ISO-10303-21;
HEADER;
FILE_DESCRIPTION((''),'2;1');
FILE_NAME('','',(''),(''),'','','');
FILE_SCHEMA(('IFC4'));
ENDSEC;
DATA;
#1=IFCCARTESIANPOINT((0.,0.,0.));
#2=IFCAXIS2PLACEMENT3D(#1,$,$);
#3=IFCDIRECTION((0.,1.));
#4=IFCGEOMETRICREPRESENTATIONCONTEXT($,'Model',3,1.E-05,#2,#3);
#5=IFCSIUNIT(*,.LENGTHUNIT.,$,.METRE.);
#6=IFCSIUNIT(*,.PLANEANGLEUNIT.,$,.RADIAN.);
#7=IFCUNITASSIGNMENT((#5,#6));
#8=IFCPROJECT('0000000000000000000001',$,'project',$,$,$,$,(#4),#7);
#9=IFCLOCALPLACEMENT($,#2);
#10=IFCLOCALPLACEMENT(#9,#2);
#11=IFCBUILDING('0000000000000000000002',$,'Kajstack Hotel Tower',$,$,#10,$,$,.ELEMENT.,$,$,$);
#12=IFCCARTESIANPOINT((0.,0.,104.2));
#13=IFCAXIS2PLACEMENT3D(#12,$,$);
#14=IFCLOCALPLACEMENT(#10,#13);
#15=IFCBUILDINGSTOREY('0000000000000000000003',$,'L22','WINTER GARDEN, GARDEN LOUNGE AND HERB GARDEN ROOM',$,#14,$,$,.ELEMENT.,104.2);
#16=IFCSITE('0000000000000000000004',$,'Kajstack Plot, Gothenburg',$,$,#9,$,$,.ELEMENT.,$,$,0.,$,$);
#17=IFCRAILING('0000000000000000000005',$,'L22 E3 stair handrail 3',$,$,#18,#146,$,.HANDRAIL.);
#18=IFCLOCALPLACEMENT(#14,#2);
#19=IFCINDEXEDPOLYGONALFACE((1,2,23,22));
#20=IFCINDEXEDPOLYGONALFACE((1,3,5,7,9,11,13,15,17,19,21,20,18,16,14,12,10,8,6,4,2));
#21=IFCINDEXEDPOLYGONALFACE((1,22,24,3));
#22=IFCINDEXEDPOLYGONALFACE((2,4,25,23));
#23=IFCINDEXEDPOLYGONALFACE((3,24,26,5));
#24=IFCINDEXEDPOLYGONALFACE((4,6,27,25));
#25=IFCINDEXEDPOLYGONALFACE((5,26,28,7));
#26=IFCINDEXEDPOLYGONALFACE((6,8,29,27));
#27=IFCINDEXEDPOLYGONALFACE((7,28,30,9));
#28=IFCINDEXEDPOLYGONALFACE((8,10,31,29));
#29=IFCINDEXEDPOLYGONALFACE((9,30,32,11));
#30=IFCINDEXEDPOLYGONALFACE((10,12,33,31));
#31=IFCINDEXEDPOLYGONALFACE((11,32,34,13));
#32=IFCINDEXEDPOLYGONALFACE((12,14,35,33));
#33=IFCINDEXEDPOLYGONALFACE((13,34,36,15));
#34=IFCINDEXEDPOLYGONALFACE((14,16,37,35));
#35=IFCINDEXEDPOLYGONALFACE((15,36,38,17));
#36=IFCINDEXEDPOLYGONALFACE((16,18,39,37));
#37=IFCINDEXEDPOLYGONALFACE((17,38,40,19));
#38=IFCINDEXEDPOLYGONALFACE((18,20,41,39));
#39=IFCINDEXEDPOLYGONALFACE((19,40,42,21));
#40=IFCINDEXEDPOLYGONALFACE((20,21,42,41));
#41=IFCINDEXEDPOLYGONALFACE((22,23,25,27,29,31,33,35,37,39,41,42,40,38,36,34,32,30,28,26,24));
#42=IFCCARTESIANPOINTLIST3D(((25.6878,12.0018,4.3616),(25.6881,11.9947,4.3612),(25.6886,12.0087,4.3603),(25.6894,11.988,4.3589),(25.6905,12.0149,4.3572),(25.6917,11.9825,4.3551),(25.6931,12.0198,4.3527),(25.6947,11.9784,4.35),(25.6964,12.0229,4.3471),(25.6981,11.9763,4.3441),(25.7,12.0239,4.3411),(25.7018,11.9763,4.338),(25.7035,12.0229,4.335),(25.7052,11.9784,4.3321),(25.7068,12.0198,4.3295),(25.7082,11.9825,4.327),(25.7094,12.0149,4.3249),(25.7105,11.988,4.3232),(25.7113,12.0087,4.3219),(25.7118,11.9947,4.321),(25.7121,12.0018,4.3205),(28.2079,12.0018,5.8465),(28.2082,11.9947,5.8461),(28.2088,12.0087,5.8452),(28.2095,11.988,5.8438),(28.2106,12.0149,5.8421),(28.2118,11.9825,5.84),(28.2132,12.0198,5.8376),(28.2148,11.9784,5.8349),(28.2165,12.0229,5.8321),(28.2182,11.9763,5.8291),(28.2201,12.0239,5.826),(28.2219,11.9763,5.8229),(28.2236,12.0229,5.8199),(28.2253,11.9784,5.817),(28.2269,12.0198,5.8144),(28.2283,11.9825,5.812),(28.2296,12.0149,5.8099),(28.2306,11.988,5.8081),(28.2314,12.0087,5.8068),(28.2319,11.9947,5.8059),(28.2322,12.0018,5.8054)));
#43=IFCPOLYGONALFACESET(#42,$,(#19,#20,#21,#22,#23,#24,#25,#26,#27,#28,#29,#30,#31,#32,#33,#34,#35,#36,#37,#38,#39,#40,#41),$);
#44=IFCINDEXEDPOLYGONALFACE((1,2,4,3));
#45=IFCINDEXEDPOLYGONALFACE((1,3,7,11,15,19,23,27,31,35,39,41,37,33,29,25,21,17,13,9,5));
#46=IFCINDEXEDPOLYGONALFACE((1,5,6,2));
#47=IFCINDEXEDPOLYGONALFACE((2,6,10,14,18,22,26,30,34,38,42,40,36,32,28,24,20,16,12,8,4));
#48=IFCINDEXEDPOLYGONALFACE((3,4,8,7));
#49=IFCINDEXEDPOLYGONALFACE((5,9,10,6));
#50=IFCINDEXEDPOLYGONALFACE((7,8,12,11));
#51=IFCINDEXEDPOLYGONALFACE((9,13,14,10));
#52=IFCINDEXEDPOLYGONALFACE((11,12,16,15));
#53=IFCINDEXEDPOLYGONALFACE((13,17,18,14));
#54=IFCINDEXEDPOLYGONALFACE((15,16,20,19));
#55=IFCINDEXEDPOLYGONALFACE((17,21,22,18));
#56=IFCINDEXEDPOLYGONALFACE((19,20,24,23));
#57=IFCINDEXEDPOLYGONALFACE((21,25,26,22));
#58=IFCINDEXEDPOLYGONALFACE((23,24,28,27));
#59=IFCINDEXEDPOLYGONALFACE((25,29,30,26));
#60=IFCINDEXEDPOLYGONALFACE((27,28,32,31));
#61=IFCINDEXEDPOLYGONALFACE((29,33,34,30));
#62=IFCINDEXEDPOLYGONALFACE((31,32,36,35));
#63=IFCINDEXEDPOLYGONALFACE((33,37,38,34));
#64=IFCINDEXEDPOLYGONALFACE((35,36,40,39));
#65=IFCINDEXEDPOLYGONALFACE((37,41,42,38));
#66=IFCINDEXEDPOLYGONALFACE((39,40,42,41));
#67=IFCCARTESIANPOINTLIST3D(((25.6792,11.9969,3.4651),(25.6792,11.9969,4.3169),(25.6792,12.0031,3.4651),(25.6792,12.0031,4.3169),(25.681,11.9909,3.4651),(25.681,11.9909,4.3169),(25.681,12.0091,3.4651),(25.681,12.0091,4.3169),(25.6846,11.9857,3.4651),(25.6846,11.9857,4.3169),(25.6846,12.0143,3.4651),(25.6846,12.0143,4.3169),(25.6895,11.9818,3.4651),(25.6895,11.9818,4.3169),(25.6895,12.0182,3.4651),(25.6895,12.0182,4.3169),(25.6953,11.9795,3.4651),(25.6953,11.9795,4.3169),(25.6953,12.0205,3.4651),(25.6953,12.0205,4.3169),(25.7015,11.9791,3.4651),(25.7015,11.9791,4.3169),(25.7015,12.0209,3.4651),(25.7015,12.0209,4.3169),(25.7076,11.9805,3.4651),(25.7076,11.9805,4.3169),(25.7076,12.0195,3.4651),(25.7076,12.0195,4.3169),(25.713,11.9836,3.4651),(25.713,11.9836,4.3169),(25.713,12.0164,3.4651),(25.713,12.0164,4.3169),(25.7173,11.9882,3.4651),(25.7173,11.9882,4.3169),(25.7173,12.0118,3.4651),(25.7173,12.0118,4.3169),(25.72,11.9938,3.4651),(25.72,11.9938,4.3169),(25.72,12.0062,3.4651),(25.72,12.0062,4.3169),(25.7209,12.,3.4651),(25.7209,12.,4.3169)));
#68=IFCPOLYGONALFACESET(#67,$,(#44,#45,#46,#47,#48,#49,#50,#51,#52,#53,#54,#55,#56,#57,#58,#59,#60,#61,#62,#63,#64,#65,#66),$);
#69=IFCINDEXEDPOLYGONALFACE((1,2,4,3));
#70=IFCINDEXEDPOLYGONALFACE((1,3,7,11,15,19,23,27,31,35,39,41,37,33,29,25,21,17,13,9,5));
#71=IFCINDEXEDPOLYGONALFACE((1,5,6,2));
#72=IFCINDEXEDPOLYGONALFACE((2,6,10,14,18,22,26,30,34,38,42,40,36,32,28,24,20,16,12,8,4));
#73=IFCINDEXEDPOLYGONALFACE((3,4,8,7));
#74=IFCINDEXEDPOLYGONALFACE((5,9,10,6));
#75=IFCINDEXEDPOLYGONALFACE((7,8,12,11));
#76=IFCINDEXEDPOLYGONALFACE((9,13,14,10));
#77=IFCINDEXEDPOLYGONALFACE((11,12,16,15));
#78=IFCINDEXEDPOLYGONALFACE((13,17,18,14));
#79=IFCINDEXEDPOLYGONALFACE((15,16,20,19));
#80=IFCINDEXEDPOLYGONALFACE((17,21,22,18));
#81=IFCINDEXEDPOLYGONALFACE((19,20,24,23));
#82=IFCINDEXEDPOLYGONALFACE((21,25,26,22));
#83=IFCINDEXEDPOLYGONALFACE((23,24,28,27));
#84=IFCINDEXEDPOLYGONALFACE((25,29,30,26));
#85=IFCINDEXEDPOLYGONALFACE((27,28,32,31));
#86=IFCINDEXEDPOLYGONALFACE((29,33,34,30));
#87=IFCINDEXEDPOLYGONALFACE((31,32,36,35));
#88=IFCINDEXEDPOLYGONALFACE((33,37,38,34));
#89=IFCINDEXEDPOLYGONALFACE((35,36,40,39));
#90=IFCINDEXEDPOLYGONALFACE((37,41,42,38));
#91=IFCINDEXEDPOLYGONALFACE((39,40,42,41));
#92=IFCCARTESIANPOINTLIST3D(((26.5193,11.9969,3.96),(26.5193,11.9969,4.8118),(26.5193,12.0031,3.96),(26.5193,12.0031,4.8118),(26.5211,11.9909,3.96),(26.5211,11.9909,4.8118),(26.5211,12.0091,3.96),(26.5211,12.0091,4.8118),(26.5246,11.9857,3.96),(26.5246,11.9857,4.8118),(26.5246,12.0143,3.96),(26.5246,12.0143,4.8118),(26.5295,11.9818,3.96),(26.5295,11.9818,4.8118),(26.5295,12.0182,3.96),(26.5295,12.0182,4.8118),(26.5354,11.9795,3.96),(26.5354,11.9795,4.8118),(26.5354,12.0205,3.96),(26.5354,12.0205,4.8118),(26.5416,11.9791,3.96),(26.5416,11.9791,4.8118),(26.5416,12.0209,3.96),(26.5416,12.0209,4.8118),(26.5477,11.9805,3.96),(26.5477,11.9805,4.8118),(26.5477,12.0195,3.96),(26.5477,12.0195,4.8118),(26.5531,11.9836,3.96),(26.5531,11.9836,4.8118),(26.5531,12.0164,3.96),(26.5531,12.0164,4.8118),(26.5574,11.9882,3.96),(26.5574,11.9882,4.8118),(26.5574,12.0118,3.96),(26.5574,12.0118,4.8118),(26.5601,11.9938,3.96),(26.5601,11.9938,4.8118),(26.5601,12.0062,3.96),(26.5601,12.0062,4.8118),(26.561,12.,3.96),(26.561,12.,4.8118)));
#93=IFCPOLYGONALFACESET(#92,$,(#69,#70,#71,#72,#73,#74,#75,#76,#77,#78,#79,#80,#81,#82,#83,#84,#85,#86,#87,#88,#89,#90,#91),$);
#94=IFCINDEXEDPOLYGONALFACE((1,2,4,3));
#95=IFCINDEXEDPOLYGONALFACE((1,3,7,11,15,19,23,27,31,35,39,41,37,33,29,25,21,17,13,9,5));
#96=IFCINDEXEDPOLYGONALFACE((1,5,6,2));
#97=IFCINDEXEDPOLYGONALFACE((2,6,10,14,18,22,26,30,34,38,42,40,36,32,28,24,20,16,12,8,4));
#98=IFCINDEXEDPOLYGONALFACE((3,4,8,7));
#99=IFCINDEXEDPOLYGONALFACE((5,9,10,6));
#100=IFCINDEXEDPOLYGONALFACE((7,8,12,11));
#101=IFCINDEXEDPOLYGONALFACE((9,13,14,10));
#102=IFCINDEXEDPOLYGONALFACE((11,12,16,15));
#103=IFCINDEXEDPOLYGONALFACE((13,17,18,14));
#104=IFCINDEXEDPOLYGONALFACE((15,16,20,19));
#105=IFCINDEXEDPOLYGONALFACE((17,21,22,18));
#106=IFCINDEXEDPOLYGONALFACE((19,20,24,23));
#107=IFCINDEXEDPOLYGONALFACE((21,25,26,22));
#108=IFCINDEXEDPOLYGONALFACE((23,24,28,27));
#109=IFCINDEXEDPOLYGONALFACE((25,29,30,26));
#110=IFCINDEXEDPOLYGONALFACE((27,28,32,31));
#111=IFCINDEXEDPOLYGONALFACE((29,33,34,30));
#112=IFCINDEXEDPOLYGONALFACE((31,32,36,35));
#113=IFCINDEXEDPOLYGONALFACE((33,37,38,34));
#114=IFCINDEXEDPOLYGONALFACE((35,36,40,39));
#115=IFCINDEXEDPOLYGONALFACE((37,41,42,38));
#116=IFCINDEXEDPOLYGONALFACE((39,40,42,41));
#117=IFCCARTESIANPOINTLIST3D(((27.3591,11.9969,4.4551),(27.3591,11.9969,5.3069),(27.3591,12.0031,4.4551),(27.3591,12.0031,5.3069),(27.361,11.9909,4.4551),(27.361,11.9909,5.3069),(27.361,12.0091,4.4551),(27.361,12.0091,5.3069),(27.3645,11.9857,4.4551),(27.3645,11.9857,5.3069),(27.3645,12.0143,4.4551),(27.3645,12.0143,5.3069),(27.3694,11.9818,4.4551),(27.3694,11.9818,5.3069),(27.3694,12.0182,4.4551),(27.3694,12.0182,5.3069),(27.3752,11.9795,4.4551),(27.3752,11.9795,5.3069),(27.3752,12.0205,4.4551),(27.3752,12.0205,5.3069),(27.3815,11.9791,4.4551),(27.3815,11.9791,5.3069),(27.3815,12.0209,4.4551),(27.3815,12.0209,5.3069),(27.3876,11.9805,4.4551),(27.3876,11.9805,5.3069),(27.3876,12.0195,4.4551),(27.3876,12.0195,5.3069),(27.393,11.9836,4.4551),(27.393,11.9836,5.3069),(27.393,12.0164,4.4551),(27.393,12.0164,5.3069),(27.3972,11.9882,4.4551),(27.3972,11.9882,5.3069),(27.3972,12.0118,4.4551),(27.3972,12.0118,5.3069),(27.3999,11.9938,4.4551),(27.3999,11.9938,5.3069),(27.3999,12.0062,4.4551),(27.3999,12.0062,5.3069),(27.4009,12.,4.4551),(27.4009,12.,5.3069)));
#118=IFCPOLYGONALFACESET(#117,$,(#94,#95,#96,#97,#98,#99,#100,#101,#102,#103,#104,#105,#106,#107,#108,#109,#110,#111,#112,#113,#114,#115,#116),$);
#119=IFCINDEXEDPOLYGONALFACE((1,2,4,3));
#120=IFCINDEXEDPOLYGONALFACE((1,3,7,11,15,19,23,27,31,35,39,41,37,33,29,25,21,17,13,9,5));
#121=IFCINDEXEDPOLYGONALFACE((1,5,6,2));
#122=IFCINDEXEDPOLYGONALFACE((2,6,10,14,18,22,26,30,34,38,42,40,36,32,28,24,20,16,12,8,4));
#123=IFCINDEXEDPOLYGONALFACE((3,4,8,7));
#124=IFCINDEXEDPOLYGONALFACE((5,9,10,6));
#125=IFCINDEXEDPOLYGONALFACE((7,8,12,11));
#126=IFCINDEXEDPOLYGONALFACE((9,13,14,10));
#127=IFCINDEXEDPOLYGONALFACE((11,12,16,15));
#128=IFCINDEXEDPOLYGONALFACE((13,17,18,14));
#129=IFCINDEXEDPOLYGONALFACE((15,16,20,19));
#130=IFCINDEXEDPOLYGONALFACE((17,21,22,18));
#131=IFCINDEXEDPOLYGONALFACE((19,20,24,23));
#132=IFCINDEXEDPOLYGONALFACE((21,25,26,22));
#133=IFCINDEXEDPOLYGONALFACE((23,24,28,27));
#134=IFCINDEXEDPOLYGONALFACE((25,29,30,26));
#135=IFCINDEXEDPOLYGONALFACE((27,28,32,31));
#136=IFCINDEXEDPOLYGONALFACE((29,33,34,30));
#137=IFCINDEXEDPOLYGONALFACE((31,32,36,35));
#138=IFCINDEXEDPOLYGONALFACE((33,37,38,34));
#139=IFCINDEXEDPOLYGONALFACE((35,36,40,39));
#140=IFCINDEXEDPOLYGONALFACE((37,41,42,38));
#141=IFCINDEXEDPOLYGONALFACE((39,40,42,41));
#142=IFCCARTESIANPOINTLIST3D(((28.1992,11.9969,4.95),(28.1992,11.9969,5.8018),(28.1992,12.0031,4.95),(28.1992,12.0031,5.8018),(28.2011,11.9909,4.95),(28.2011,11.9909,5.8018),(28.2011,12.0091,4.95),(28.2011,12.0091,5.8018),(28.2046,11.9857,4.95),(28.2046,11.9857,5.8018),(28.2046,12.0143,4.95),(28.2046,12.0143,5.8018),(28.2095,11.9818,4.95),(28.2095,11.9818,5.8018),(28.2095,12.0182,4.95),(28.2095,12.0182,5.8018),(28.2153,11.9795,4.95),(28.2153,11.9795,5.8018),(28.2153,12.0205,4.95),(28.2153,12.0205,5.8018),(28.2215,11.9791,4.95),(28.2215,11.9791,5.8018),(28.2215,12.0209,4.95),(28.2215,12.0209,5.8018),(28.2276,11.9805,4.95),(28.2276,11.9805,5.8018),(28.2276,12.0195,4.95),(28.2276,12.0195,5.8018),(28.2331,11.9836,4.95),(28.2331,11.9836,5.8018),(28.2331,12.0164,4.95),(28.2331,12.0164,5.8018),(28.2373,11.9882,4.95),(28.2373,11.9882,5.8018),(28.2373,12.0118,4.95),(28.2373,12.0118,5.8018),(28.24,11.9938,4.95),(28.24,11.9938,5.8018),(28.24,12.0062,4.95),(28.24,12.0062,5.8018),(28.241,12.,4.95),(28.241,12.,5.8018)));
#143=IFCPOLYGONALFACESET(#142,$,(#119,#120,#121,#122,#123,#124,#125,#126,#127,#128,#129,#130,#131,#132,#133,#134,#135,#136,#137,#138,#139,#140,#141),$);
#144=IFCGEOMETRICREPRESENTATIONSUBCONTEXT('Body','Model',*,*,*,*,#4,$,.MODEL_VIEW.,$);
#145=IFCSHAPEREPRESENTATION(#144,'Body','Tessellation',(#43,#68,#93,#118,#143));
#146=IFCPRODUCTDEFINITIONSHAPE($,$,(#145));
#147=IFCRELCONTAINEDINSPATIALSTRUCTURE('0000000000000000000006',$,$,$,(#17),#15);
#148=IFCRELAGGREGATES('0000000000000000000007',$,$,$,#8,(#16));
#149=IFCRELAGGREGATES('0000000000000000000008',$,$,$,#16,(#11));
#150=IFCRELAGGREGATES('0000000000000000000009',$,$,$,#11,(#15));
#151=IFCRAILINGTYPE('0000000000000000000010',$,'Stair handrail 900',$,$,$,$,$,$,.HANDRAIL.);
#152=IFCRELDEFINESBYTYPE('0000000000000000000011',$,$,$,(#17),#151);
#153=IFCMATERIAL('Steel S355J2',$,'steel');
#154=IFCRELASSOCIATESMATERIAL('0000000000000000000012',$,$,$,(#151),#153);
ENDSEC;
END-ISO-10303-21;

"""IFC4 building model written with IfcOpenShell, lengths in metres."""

from ifc_helpers import new_model, si_unit, direction, frame, origin, origin_2d, place, context, subcontext, project, spatial, circle, extrude, material, type_object, element, save


model = new_model("IFC4")

# Units and contexts
model_context = context("Model", 3, precision=1e-05, world=origin(), true_north=direction((0.0, 1.0)))
body_context = subcontext(model_context, "Body", "Model", "MODEL_VIEW")
ifc_project = project(units=[si_unit("LENGTHUNIT", "METRE"), si_unit("PLANEANGLEUNIT", "RADIAN")], contexts=[model_context])

# Site, building, storey
site_placement = place(None, origin())
site = spatial("IfcSite", under=ifc_project, at=site_placement, Name="Kajstack Plot, Gothenburg", CompositionType="ELEMENT", RefElevation=0.0)
building_placement = place(site_placement, origin())
building = spatial("IfcBuilding", under=site, at=building_placement, Name="Kajstack Hotel Tower", CompositionType="ELEMENT")
storey_placement = place(building_placement, frame((0.0, 0.0, 104.2)))
storey = spatial("IfcBuildingStorey", under=building, at=storey_placement, Name="L22", Description="WINTER GARDEN, GARDEN LOUNGE AND HERB GARDEN ROOM", CompositionType="ELEMENT", Elevation=104.2)

# Railing
ifc_material_1 = material(Name="Steel S355J2", Category="steel")
railing_type_1 = type_object("IfcRailingType", Name="Stair handrail 900", PredefinedType="HANDRAIL", material=ifc_material_1)
railing_1_placement = place(storey_placement, frame((25.7, 12.0, 3.4651)))
element("IfcRailing", 1, at=railing_1_placement, inside=storey, type_object=railing_type_1, Name="L22 E3 stair handrail 3", PredefinedType="HANDRAIL", context=body_context, shape_type="SweptSolid", body=[
    extrude(circle(Radius=0.0239, at=origin_2d()), frame((0.0, 0.0, 0.876), z_axis=(0.861561, 0.0, 0.507655), x_axis=(0.0, 1.0, 0.0)), (0.0, 0.0, 1.0), 2.925),
    extrude(circle(Radius=0.021, at=origin_2d()), origin(), (0.0, 0.0, 1.0), 0.8518),
    extrude(circle(Radius=0.021, at=origin_2d()), frame((0.8401, 0.0, 0.4949)), (0.0, 0.0, 1.0), 0.8518),
    extrude(circle(Radius=0.021, at=origin_2d()), frame((1.6799, 0.0, 0.99)), (0.0, 0.0, 1.0), 0.8518),
    extrude(circle(Radius=0.021, at=origin_2d()), frame((2.52, 0.0, 1.4849)), (0.0, 0.0, 1.0), 0.8518),
])

save(model, "model.ifc")
